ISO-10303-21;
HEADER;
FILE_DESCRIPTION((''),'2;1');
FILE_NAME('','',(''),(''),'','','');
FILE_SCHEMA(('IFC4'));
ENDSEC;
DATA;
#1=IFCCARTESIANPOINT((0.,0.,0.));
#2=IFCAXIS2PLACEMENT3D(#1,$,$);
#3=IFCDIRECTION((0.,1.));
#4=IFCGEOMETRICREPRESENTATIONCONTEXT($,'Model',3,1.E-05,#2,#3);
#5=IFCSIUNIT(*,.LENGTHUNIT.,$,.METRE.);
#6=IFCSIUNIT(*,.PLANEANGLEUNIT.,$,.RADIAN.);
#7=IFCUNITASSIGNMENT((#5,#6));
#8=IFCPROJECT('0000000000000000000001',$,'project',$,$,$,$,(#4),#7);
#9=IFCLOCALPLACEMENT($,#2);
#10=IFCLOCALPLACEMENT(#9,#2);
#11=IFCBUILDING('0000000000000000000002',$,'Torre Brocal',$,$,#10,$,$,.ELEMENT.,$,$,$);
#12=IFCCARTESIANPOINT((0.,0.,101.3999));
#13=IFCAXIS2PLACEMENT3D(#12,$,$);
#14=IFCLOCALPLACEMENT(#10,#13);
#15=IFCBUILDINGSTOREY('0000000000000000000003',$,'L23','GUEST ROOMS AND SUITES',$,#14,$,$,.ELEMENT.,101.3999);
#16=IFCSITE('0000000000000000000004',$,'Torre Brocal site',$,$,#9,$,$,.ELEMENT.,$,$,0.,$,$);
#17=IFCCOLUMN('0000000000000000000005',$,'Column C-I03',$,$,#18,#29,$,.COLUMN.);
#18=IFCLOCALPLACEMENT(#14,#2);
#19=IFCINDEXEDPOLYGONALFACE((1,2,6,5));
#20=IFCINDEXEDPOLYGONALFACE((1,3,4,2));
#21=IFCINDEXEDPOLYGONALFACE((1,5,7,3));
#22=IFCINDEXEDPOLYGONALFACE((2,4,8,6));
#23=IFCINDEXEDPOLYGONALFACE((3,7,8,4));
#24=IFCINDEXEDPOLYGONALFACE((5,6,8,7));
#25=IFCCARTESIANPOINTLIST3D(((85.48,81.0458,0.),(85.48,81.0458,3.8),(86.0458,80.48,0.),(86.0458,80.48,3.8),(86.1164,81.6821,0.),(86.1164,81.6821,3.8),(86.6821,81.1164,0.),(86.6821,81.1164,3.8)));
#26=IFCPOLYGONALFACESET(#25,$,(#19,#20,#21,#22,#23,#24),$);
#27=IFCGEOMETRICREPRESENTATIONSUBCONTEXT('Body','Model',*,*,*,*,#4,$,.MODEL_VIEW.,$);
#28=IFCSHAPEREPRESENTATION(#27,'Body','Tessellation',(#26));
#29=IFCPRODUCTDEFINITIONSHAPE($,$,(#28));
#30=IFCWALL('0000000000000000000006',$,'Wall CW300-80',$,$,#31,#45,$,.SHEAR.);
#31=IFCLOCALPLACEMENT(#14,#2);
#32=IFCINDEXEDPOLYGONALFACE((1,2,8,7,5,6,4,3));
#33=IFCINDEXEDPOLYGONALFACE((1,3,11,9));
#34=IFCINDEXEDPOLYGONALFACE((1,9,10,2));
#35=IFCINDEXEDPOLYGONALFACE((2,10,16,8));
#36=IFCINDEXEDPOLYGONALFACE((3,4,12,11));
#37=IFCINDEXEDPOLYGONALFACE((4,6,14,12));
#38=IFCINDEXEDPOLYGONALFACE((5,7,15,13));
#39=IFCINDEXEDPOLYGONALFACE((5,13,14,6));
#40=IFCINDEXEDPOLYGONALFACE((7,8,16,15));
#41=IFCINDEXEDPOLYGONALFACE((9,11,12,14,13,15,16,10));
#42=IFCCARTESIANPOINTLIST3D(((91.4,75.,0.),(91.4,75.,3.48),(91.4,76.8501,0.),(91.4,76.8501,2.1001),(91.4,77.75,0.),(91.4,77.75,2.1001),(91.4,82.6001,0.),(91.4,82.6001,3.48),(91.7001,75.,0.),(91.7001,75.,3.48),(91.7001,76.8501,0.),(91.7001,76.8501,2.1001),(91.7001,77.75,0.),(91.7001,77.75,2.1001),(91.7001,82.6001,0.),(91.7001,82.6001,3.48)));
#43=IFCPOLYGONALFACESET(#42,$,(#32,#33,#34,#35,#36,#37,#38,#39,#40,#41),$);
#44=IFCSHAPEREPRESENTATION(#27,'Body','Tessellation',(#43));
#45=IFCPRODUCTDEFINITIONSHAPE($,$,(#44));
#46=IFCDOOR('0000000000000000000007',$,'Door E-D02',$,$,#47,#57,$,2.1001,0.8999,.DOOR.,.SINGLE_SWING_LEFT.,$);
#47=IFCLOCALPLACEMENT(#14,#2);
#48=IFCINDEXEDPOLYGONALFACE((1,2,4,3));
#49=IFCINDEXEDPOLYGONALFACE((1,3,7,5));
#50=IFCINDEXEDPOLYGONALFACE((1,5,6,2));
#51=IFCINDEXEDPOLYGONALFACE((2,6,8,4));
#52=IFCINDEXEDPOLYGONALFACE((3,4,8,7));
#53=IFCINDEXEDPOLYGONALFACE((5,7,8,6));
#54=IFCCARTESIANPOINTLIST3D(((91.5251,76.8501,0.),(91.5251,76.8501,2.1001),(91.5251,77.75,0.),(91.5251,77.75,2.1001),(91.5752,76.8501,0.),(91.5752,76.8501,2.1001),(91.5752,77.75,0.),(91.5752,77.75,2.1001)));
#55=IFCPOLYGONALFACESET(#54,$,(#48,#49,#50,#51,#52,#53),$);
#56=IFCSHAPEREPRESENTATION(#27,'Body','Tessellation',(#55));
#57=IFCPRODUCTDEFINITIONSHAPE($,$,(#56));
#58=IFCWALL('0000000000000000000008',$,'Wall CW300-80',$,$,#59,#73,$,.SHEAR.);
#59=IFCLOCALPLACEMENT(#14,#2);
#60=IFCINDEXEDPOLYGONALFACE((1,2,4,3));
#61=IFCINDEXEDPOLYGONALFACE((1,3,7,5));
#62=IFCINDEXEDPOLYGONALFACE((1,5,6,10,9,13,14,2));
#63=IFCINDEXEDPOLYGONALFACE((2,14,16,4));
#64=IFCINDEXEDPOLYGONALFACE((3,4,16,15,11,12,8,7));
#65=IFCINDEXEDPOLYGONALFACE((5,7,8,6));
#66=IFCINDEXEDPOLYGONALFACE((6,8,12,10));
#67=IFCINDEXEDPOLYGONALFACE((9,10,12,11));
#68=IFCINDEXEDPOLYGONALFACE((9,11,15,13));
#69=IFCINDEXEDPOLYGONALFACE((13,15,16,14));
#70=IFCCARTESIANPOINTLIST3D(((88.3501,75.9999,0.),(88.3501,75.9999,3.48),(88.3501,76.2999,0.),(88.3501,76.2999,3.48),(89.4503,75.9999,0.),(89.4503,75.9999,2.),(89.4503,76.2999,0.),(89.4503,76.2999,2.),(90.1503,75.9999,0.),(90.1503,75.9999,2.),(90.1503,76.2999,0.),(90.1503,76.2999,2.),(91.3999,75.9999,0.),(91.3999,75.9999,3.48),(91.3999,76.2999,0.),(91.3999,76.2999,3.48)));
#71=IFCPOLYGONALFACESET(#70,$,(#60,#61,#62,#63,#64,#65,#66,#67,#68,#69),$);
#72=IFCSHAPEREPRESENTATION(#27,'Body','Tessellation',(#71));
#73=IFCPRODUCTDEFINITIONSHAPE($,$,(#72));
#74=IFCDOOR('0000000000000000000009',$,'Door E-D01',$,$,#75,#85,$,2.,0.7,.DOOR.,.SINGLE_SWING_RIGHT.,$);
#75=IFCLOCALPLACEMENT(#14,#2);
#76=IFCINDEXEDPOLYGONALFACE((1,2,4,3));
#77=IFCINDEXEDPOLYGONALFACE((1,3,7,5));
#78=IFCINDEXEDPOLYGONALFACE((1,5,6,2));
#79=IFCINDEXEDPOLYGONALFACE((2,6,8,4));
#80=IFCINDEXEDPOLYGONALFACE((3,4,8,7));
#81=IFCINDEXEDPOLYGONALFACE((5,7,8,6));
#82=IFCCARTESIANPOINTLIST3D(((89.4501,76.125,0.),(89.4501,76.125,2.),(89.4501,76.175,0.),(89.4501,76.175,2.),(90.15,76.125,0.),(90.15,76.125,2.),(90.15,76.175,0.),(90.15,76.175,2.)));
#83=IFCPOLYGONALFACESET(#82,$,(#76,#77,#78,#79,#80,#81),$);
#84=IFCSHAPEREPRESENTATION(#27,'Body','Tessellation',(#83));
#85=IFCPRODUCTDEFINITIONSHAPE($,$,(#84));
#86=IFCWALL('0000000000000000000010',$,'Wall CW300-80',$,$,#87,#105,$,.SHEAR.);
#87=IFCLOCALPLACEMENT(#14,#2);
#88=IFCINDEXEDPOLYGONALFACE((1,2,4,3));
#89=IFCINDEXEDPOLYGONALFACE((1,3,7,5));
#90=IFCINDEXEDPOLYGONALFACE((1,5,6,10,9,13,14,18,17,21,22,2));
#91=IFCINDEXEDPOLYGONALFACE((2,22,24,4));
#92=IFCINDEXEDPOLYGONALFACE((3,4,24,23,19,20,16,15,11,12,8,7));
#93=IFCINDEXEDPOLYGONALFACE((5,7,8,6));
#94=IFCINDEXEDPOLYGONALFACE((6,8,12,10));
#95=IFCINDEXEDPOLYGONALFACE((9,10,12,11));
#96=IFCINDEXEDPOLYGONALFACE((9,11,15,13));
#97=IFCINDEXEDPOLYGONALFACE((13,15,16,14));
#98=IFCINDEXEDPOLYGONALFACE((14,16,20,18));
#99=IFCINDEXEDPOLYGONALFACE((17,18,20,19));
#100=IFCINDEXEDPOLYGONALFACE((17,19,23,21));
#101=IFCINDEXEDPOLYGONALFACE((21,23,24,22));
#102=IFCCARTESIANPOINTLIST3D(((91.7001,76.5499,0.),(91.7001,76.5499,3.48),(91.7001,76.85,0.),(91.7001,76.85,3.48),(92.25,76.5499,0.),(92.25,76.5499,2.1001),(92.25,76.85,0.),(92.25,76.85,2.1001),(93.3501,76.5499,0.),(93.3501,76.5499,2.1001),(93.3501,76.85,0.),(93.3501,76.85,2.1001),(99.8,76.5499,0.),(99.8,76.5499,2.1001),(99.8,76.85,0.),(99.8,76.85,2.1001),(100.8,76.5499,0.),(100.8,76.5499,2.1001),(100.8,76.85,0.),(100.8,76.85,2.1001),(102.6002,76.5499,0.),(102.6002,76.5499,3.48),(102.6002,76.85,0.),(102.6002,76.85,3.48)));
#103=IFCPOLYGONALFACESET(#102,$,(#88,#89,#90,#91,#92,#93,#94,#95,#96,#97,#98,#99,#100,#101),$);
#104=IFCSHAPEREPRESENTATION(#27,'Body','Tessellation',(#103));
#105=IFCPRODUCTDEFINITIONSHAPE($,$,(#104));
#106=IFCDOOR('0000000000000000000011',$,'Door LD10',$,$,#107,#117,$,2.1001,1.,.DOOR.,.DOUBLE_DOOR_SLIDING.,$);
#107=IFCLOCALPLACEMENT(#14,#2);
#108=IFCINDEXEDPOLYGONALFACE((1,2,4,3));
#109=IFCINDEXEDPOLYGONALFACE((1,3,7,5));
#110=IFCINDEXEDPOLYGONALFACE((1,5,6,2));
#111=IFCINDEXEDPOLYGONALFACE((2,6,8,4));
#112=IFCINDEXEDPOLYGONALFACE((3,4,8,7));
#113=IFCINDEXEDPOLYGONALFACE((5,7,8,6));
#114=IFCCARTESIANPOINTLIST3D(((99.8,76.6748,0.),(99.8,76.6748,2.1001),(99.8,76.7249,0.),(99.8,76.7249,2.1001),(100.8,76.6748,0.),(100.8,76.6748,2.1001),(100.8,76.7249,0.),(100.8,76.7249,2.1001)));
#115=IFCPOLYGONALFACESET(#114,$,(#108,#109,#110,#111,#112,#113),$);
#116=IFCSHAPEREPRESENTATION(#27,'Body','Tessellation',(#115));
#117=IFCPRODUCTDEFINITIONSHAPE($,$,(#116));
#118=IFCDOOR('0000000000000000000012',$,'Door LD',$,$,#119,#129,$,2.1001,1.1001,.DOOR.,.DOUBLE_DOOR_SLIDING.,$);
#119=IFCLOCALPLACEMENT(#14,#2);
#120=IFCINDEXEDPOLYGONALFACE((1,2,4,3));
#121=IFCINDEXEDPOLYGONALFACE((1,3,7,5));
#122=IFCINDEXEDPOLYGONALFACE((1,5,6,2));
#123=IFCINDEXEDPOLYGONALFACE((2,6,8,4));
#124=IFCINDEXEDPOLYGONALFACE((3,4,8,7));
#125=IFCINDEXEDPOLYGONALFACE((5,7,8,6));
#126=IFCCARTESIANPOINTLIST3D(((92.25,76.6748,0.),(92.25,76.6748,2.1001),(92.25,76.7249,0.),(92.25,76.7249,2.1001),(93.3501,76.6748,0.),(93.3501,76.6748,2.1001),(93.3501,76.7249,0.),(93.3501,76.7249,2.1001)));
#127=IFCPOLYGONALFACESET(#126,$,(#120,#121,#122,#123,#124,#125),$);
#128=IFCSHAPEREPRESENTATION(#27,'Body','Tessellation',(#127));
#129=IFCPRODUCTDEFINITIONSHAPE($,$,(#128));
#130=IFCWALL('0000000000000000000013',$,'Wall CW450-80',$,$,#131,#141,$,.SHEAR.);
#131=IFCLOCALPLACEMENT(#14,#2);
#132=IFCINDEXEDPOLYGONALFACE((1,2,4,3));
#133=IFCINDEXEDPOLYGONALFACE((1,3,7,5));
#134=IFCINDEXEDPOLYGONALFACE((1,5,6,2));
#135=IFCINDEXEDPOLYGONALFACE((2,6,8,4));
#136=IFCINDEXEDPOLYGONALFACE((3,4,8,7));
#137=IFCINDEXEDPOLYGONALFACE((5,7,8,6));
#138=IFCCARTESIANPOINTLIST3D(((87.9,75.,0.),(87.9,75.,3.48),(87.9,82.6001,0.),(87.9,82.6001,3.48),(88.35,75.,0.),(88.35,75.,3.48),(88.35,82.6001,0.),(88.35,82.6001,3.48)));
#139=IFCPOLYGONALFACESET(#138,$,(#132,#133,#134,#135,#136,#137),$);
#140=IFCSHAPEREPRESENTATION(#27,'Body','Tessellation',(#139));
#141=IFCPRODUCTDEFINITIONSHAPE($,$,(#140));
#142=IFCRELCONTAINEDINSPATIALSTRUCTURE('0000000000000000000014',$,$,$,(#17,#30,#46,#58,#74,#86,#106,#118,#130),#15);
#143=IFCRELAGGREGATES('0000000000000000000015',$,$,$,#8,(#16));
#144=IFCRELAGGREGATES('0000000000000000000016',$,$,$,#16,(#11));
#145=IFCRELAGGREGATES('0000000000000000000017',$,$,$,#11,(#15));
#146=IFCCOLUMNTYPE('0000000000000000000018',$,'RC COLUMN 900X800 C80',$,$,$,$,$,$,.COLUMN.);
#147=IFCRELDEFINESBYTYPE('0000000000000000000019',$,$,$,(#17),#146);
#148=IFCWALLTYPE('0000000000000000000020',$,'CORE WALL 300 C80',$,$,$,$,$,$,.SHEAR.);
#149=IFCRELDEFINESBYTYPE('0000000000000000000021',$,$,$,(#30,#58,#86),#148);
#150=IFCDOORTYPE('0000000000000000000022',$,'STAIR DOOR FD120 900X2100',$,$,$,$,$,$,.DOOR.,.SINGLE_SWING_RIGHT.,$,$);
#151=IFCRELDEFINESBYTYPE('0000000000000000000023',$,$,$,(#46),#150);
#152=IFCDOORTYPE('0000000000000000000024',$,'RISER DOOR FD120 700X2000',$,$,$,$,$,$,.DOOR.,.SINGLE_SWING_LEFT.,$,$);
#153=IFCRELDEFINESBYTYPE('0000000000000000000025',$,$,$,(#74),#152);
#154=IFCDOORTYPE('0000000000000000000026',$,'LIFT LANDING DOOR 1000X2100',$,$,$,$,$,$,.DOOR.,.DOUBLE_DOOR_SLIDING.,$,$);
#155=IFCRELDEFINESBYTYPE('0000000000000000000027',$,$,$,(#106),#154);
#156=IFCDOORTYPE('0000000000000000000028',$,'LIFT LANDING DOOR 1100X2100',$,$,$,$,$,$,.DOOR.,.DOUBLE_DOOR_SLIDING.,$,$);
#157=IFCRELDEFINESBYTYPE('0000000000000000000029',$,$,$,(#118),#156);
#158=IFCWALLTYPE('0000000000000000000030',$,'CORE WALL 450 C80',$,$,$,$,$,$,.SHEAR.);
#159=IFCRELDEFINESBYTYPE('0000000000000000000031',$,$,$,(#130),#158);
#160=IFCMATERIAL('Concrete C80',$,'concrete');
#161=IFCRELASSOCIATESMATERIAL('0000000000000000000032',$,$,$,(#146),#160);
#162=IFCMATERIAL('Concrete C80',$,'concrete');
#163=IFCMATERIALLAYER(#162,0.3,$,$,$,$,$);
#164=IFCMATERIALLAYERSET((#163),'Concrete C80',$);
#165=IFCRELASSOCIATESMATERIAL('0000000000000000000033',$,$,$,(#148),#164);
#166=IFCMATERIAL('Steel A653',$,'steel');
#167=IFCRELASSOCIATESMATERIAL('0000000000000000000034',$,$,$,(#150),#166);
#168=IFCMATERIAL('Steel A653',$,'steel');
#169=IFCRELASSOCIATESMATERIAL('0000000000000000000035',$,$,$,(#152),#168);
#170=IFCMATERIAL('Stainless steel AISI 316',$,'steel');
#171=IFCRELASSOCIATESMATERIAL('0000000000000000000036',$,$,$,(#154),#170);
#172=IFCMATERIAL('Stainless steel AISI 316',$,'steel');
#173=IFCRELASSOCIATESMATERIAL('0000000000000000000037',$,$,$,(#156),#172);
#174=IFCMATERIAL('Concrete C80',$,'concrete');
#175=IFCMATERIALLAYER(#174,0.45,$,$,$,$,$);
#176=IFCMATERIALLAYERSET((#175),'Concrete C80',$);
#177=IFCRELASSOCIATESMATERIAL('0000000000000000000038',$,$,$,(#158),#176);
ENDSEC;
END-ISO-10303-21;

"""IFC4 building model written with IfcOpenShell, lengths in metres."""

from ifc_helpers import new_model, si_unit, direction, frame, frame_2d, origin, origin_2d, place, context, subcontext, project, spatial, rectangle, extrude, material, layer, layer_set, material_profile, profile_set, type_object, element, fill, save


model = new_model("IFC4")

# Units and contexts
model_context = context("Model", 3, precision=1e-05, world=origin(), true_north=direction((0.0, 1.0)))
body_context = subcontext(model_context, "Body", "Model", "MODEL_VIEW")
ifc_project = project(units=[si_unit("LENGTHUNIT", "METRE"), si_unit("PLANEANGLEUNIT", "RADIAN")], contexts=[model_context])

# Site, building, storey
site_placement = place(None, origin())
site = spatial("IfcSite", under=ifc_project, at=site_placement, Name="Torre Brocal site", CompositionType="ELEMENT", RefElevation=0.0)
building_placement = place(site_placement, origin())
building = spatial("IfcBuilding", under=site, at=building_placement, Name="Torre Brocal", CompositionType="ELEMENT")
storey_placement = place(building_placement, frame((0.0, 0.0, 101.3999)))
storey = spatial("IfcBuildingStorey", under=building, at=storey_placement, Name="L23", Description="GUEST ROOMS AND SUITES", CompositionType="ELEMENT", Elevation=101.3999)

# Column
ifc_material_1 = material(Name="Concrete C80", Category="concrete")
ifc_material_profile = material_profile(ifc_material_1, rectangle(XDim=0.8999, YDim=0.8, at=origin_2d()), Name="RC 900X800")
ifc_profile_set = profile_set([ifc_material_profile], Name="Concrete C80")
column_type = type_object("IfcColumnType", Name="RC COLUMN 900X800 C80", PredefinedType="COLUMN", material=ifc_profile_set)
column_placement = place(storey_placement, frame((86.0811, 81.0811, 0.0), z_axis=(0.0, 0.0, 1.0), x_axis=(0.707107, 0.707107, 0.0)))
element("IfcColumn", 1, at=column_placement, inside=storey, type_object=column_type, Name="Column C-I03", PredefinedType="COLUMN", context=body_context, shape_type="SweptSolid", body=[
    extrude(rectangle(XDim=0.8999, YDim=0.8, at=origin_2d()), origin(), (0.0, 0.0, 1.0), 3.8),
])

# Walls, openings, doors
ifc_material_2 = material(Name="Concrete C80", Category="concrete")
ifc_layer_1 = layer(ifc_material_2, 0.3)
ifc_layer_set_1 = layer_set([ifc_layer_1], Name="Concrete C80")
wall_type_1 = type_object("IfcWallType", Name="CORE WALL 300 C80", PredefinedType="SHEAR", material=ifc_layer_set_1)
wall_1_placement = place(storey_placement, frame((91.55, 75.0, 0.0), z_axis=(0.0, 0.0, 1.0), x_axis=(0.0, 1.0, 0.0)))
wall_1 = element("IfcWall", 2, at=wall_1_placement, inside=storey, type_object=wall_type_1, Name="Wall CW300-80", PredefinedType="SHEAR", context=body_context, shape_type="SweptSolid", body=[
    extrude(rectangle(XDim=7.6001, YDim=0.3, at=frame_2d((3.8, 0.0))), origin(), (0.0, 0.0, 1.0), 3.48),
])
opening_1_placement = place(wall_1_placement, frame((1.8501, 0.0, 0.0)))
opening_1 = element("IfcOpeningElement", 3, at=opening_1_placement, cuts=wall_1, PredefinedType="OPENING", context=body_context, shape_type="SweptSolid", body=[
    extrude(rectangle(XDim=0.8999, YDim=2.1001, at=frame_2d((0.45, 1.05))), frame((0.0, 0.1599, 0.0), z_axis=(0.0, -1.0, 0.0), x_axis=(1.0, 0.0, 0.0)), (0.0, 0.0, 1.0), 0.3201),
])
ifc_material_3 = material(Name="Steel A653", Category="steel")
door_type_1 = type_object("IfcDoorType", Name="STAIR DOOR FD120 900X2100", OperationType="SINGLE_SWING_RIGHT", PredefinedType="DOOR", material=ifc_material_3)
door_1_placement = place(opening_1_placement, origin())
door_1 = element("IfcDoor", 4, at=door_1_placement, inside=storey, type_object=door_type_1, Name="Door E-D02", OperationType="SINGLE_SWING_LEFT", OverallHeight=2.1001, OverallWidth=0.8999, PredefinedType="DOOR", context=body_context, shape_type="SweptSolid", body=[
    extrude(rectangle(XDim=0.8999, YDim=2.1001, at=frame_2d((0.45, 1.05))), frame((0.0, 0.0249, 0.0), z_axis=(0.0, -1.0, 0.0), x_axis=(1.0, 0.0, 0.0)), (0.0, 0.0, 1.0), 0.05),
])
fill(opening_1, door_1)
wall_2_placement = place(storey_placement, frame((88.3501, 76.1499, 0.0), z_axis=(0.0, 0.0, 1.0), x_axis=(1.0, 0.0, 0.0)))
wall_2 = element("IfcWall", 5, at=wall_2_placement, inside=storey, type_object=wall_type_1, Name="Wall CW300-80", PredefinedType="SHEAR", context=body_context, shape_type="SweptSolid", body=[
    extrude(rectangle(XDim=3.0498, YDim=0.3, at=frame_2d((1.5249, 0.0))), origin(), (0.0, 0.0, 1.0), 3.48),
])
opening_2_placement = place(wall_2_placement, frame((1.1001, 0.0, 0.0)))
opening_2 = element("IfcOpeningElement", 6, at=opening_2_placement, cuts=wall_2, PredefinedType="OPENING", context=body_context, shape_type="SweptSolid", body=[
    extrude(rectangle(XDim=0.7, YDim=2.0, at=frame_2d((0.3501, 1.0))), frame((0.0, 0.1599, 0.0), z_axis=(0.0, -1.0, 0.0), x_axis=(1.0, 0.0, 0.0)), (0.0, 0.0, 1.0), 0.3201),
])
ifc_material_4 = material(Name="Steel A653", Category="steel")
door_type_2 = type_object("IfcDoorType", Name="RISER DOOR FD120 700X2000", OperationType="SINGLE_SWING_LEFT", PredefinedType="DOOR", material=ifc_material_4)
door_2_placement = place(opening_2_placement, frame((0.7, 0.0, 0.0), z_axis=(0.0, 0.0, 1.0), x_axis=(-1.0, 0.0, 0.0)))
door_2 = element("IfcDoor", 7, at=door_2_placement, inside=storey, type_object=door_type_2, Name="Door E-D01", OperationType="SINGLE_SWING_RIGHT", OverallHeight=2.0, OverallWidth=0.7, PredefinedType="DOOR", context=body_context, shape_type="SweptSolid", body=[
    extrude(rectangle(XDim=0.7, YDim=2.0, at=frame_2d((0.3501, 1.0))), frame((0.0, 0.0249, 0.0), z_axis=(0.0, -1.0, 0.0), x_axis=(1.0, 0.0, 0.0)), (0.0, 0.0, 1.0), 0.05),
])
fill(opening_2, door_2)

# Wall, openings, doors
wall_3_placement = place(storey_placement, frame((91.7, 76.7, 0.0), z_axis=(0.0, 0.0, 1.0), x_axis=(1.0, 0.0, 0.0)))
wall_3 = element("IfcWall", 8, at=wall_3_placement, inside=storey, type_object=wall_type_1, Name="Wall CW300-80", PredefinedType="SHEAR", context=body_context, shape_type="SweptSolid", body=[
    extrude(rectangle(XDim=10.9001, YDim=0.3, at=frame_2d((5.4502, 0.0))), origin(), (0.0, 0.0, 1.0), 3.48),
])
opening_3_placement = place(wall_3_placement, frame((0.55, 0.0, 0.0)))
opening_3 = element("IfcOpeningElement", 9, at=opening_3_placement, cuts=wall_3, PredefinedType="OPENING", context=body_context, shape_type="SweptSolid", body=[
    extrude(rectangle(XDim=1.1001, YDim=2.1001, at=frame_2d((0.55, 1.05))), frame((0.0, 0.1599, 0.0), z_axis=(0.0, -1.0, 0.0), x_axis=(1.0, 0.0, 0.0)), (0.0, 0.0, 1.0), 0.3201),
])
opening_4_placement = place(wall_3_placement, frame((8.1001, 0.0, 0.0)))
opening_4 = element("IfcOpeningElement", 10, at=opening_4_placement, cuts=wall_3, PredefinedType="OPENING", context=body_context, shape_type="SweptSolid", body=[
    extrude(rectangle(XDim=1.0, YDim=2.1001, at=frame_2d((0.5, 1.05))), frame((0.0, 0.1599, 0.0), z_axis=(0.0, -1.0, 0.0), x_axis=(1.0, 0.0, 0.0)), (0.0, 0.0, 1.0), 0.3201),
])
ifc_material_5 = material(Name="Stainless steel AISI 316", Category="steel")
door_type_3 = type_object("IfcDoorType", Name="LIFT LANDING DOOR 1000X2100", OperationType="DOUBLE_DOOR_SLIDING", PredefinedType="DOOR", material=ifc_material_5)
door_3_placement = place(opening_4_placement, origin())
door_3 = element("IfcDoor", 11, at=door_3_placement, inside=storey, type_object=door_type_3, Name="Door LD10", OperationType="DOUBLE_DOOR_SLIDING", OverallHeight=2.1001, OverallWidth=1.0, PredefinedType="DOOR", context=body_context, shape_type="SweptSolid", body=[
    extrude(rectangle(XDim=1.0, YDim=2.1001, at=frame_2d((0.5, 1.05))), frame((0.0, 0.0249, 0.0), z_axis=(0.0, -1.0, 0.0), x_axis=(1.0, 0.0, 0.0)), (0.0, 0.0, 1.0), 0.05),
])
fill(opening_4, door_3)
ifc_material_6 = material(Name="Stainless steel AISI 316", Category="steel")
door_type_4 = type_object("IfcDoorType", Name="LIFT LANDING DOOR 1100X2100", OperationType="DOUBLE_DOOR_SLIDING", PredefinedType="DOOR", material=ifc_material_6)
door_4_placement = place(opening_3_placement, origin())
door_4 = element("IfcDoor", 12, at=door_4_placement, inside=storey, type_object=door_type_4, Name="Door LD", OperationType="DOUBLE_DOOR_SLIDING", OverallHeight=2.1001, OverallWidth=1.1001, PredefinedType="DOOR", context=body_context, shape_type="SweptSolid", body=[
    extrude(rectangle(XDim=1.1001, YDim=2.1001, at=frame_2d((0.55, 1.05))), frame((0.0, 0.0249, 0.0), z_axis=(0.0, -1.0, 0.0), x_axis=(1.0, 0.0, 0.0)), (0.0, 0.0, 1.0), 0.05),
])
fill(opening_3, door_4)

# Wall
ifc_material_7 = material(Name="Concrete C80", Category="concrete")
ifc_layer_2 = layer(ifc_material_7, 0.45)
ifc_layer_set_2 = layer_set([ifc_layer_2], Name="Concrete C80")
wall_type_2 = type_object("IfcWallType", Name="CORE WALL 450 C80", PredefinedType="SHEAR", material=ifc_layer_set_2)
wall_4_placement = place(storey_placement, frame((88.125, 75.0, 0.0), z_axis=(0.0, 0.0, 1.0), x_axis=(0.0, 1.0, 0.0)))
element("IfcWall", 13, at=wall_4_placement, inside=storey, type_object=wall_type_2, Name="Wall CW450-80", PredefinedType="SHEAR", context=body_context, shape_type="SweptSolid", body=[
    extrude(rectangle(XDim=7.6001, YDim=0.45, at=frame_2d((3.8, 0.0))), origin(), (0.0, 0.0, 1.0), 3.48),
])

save(model, "model.ifc")
